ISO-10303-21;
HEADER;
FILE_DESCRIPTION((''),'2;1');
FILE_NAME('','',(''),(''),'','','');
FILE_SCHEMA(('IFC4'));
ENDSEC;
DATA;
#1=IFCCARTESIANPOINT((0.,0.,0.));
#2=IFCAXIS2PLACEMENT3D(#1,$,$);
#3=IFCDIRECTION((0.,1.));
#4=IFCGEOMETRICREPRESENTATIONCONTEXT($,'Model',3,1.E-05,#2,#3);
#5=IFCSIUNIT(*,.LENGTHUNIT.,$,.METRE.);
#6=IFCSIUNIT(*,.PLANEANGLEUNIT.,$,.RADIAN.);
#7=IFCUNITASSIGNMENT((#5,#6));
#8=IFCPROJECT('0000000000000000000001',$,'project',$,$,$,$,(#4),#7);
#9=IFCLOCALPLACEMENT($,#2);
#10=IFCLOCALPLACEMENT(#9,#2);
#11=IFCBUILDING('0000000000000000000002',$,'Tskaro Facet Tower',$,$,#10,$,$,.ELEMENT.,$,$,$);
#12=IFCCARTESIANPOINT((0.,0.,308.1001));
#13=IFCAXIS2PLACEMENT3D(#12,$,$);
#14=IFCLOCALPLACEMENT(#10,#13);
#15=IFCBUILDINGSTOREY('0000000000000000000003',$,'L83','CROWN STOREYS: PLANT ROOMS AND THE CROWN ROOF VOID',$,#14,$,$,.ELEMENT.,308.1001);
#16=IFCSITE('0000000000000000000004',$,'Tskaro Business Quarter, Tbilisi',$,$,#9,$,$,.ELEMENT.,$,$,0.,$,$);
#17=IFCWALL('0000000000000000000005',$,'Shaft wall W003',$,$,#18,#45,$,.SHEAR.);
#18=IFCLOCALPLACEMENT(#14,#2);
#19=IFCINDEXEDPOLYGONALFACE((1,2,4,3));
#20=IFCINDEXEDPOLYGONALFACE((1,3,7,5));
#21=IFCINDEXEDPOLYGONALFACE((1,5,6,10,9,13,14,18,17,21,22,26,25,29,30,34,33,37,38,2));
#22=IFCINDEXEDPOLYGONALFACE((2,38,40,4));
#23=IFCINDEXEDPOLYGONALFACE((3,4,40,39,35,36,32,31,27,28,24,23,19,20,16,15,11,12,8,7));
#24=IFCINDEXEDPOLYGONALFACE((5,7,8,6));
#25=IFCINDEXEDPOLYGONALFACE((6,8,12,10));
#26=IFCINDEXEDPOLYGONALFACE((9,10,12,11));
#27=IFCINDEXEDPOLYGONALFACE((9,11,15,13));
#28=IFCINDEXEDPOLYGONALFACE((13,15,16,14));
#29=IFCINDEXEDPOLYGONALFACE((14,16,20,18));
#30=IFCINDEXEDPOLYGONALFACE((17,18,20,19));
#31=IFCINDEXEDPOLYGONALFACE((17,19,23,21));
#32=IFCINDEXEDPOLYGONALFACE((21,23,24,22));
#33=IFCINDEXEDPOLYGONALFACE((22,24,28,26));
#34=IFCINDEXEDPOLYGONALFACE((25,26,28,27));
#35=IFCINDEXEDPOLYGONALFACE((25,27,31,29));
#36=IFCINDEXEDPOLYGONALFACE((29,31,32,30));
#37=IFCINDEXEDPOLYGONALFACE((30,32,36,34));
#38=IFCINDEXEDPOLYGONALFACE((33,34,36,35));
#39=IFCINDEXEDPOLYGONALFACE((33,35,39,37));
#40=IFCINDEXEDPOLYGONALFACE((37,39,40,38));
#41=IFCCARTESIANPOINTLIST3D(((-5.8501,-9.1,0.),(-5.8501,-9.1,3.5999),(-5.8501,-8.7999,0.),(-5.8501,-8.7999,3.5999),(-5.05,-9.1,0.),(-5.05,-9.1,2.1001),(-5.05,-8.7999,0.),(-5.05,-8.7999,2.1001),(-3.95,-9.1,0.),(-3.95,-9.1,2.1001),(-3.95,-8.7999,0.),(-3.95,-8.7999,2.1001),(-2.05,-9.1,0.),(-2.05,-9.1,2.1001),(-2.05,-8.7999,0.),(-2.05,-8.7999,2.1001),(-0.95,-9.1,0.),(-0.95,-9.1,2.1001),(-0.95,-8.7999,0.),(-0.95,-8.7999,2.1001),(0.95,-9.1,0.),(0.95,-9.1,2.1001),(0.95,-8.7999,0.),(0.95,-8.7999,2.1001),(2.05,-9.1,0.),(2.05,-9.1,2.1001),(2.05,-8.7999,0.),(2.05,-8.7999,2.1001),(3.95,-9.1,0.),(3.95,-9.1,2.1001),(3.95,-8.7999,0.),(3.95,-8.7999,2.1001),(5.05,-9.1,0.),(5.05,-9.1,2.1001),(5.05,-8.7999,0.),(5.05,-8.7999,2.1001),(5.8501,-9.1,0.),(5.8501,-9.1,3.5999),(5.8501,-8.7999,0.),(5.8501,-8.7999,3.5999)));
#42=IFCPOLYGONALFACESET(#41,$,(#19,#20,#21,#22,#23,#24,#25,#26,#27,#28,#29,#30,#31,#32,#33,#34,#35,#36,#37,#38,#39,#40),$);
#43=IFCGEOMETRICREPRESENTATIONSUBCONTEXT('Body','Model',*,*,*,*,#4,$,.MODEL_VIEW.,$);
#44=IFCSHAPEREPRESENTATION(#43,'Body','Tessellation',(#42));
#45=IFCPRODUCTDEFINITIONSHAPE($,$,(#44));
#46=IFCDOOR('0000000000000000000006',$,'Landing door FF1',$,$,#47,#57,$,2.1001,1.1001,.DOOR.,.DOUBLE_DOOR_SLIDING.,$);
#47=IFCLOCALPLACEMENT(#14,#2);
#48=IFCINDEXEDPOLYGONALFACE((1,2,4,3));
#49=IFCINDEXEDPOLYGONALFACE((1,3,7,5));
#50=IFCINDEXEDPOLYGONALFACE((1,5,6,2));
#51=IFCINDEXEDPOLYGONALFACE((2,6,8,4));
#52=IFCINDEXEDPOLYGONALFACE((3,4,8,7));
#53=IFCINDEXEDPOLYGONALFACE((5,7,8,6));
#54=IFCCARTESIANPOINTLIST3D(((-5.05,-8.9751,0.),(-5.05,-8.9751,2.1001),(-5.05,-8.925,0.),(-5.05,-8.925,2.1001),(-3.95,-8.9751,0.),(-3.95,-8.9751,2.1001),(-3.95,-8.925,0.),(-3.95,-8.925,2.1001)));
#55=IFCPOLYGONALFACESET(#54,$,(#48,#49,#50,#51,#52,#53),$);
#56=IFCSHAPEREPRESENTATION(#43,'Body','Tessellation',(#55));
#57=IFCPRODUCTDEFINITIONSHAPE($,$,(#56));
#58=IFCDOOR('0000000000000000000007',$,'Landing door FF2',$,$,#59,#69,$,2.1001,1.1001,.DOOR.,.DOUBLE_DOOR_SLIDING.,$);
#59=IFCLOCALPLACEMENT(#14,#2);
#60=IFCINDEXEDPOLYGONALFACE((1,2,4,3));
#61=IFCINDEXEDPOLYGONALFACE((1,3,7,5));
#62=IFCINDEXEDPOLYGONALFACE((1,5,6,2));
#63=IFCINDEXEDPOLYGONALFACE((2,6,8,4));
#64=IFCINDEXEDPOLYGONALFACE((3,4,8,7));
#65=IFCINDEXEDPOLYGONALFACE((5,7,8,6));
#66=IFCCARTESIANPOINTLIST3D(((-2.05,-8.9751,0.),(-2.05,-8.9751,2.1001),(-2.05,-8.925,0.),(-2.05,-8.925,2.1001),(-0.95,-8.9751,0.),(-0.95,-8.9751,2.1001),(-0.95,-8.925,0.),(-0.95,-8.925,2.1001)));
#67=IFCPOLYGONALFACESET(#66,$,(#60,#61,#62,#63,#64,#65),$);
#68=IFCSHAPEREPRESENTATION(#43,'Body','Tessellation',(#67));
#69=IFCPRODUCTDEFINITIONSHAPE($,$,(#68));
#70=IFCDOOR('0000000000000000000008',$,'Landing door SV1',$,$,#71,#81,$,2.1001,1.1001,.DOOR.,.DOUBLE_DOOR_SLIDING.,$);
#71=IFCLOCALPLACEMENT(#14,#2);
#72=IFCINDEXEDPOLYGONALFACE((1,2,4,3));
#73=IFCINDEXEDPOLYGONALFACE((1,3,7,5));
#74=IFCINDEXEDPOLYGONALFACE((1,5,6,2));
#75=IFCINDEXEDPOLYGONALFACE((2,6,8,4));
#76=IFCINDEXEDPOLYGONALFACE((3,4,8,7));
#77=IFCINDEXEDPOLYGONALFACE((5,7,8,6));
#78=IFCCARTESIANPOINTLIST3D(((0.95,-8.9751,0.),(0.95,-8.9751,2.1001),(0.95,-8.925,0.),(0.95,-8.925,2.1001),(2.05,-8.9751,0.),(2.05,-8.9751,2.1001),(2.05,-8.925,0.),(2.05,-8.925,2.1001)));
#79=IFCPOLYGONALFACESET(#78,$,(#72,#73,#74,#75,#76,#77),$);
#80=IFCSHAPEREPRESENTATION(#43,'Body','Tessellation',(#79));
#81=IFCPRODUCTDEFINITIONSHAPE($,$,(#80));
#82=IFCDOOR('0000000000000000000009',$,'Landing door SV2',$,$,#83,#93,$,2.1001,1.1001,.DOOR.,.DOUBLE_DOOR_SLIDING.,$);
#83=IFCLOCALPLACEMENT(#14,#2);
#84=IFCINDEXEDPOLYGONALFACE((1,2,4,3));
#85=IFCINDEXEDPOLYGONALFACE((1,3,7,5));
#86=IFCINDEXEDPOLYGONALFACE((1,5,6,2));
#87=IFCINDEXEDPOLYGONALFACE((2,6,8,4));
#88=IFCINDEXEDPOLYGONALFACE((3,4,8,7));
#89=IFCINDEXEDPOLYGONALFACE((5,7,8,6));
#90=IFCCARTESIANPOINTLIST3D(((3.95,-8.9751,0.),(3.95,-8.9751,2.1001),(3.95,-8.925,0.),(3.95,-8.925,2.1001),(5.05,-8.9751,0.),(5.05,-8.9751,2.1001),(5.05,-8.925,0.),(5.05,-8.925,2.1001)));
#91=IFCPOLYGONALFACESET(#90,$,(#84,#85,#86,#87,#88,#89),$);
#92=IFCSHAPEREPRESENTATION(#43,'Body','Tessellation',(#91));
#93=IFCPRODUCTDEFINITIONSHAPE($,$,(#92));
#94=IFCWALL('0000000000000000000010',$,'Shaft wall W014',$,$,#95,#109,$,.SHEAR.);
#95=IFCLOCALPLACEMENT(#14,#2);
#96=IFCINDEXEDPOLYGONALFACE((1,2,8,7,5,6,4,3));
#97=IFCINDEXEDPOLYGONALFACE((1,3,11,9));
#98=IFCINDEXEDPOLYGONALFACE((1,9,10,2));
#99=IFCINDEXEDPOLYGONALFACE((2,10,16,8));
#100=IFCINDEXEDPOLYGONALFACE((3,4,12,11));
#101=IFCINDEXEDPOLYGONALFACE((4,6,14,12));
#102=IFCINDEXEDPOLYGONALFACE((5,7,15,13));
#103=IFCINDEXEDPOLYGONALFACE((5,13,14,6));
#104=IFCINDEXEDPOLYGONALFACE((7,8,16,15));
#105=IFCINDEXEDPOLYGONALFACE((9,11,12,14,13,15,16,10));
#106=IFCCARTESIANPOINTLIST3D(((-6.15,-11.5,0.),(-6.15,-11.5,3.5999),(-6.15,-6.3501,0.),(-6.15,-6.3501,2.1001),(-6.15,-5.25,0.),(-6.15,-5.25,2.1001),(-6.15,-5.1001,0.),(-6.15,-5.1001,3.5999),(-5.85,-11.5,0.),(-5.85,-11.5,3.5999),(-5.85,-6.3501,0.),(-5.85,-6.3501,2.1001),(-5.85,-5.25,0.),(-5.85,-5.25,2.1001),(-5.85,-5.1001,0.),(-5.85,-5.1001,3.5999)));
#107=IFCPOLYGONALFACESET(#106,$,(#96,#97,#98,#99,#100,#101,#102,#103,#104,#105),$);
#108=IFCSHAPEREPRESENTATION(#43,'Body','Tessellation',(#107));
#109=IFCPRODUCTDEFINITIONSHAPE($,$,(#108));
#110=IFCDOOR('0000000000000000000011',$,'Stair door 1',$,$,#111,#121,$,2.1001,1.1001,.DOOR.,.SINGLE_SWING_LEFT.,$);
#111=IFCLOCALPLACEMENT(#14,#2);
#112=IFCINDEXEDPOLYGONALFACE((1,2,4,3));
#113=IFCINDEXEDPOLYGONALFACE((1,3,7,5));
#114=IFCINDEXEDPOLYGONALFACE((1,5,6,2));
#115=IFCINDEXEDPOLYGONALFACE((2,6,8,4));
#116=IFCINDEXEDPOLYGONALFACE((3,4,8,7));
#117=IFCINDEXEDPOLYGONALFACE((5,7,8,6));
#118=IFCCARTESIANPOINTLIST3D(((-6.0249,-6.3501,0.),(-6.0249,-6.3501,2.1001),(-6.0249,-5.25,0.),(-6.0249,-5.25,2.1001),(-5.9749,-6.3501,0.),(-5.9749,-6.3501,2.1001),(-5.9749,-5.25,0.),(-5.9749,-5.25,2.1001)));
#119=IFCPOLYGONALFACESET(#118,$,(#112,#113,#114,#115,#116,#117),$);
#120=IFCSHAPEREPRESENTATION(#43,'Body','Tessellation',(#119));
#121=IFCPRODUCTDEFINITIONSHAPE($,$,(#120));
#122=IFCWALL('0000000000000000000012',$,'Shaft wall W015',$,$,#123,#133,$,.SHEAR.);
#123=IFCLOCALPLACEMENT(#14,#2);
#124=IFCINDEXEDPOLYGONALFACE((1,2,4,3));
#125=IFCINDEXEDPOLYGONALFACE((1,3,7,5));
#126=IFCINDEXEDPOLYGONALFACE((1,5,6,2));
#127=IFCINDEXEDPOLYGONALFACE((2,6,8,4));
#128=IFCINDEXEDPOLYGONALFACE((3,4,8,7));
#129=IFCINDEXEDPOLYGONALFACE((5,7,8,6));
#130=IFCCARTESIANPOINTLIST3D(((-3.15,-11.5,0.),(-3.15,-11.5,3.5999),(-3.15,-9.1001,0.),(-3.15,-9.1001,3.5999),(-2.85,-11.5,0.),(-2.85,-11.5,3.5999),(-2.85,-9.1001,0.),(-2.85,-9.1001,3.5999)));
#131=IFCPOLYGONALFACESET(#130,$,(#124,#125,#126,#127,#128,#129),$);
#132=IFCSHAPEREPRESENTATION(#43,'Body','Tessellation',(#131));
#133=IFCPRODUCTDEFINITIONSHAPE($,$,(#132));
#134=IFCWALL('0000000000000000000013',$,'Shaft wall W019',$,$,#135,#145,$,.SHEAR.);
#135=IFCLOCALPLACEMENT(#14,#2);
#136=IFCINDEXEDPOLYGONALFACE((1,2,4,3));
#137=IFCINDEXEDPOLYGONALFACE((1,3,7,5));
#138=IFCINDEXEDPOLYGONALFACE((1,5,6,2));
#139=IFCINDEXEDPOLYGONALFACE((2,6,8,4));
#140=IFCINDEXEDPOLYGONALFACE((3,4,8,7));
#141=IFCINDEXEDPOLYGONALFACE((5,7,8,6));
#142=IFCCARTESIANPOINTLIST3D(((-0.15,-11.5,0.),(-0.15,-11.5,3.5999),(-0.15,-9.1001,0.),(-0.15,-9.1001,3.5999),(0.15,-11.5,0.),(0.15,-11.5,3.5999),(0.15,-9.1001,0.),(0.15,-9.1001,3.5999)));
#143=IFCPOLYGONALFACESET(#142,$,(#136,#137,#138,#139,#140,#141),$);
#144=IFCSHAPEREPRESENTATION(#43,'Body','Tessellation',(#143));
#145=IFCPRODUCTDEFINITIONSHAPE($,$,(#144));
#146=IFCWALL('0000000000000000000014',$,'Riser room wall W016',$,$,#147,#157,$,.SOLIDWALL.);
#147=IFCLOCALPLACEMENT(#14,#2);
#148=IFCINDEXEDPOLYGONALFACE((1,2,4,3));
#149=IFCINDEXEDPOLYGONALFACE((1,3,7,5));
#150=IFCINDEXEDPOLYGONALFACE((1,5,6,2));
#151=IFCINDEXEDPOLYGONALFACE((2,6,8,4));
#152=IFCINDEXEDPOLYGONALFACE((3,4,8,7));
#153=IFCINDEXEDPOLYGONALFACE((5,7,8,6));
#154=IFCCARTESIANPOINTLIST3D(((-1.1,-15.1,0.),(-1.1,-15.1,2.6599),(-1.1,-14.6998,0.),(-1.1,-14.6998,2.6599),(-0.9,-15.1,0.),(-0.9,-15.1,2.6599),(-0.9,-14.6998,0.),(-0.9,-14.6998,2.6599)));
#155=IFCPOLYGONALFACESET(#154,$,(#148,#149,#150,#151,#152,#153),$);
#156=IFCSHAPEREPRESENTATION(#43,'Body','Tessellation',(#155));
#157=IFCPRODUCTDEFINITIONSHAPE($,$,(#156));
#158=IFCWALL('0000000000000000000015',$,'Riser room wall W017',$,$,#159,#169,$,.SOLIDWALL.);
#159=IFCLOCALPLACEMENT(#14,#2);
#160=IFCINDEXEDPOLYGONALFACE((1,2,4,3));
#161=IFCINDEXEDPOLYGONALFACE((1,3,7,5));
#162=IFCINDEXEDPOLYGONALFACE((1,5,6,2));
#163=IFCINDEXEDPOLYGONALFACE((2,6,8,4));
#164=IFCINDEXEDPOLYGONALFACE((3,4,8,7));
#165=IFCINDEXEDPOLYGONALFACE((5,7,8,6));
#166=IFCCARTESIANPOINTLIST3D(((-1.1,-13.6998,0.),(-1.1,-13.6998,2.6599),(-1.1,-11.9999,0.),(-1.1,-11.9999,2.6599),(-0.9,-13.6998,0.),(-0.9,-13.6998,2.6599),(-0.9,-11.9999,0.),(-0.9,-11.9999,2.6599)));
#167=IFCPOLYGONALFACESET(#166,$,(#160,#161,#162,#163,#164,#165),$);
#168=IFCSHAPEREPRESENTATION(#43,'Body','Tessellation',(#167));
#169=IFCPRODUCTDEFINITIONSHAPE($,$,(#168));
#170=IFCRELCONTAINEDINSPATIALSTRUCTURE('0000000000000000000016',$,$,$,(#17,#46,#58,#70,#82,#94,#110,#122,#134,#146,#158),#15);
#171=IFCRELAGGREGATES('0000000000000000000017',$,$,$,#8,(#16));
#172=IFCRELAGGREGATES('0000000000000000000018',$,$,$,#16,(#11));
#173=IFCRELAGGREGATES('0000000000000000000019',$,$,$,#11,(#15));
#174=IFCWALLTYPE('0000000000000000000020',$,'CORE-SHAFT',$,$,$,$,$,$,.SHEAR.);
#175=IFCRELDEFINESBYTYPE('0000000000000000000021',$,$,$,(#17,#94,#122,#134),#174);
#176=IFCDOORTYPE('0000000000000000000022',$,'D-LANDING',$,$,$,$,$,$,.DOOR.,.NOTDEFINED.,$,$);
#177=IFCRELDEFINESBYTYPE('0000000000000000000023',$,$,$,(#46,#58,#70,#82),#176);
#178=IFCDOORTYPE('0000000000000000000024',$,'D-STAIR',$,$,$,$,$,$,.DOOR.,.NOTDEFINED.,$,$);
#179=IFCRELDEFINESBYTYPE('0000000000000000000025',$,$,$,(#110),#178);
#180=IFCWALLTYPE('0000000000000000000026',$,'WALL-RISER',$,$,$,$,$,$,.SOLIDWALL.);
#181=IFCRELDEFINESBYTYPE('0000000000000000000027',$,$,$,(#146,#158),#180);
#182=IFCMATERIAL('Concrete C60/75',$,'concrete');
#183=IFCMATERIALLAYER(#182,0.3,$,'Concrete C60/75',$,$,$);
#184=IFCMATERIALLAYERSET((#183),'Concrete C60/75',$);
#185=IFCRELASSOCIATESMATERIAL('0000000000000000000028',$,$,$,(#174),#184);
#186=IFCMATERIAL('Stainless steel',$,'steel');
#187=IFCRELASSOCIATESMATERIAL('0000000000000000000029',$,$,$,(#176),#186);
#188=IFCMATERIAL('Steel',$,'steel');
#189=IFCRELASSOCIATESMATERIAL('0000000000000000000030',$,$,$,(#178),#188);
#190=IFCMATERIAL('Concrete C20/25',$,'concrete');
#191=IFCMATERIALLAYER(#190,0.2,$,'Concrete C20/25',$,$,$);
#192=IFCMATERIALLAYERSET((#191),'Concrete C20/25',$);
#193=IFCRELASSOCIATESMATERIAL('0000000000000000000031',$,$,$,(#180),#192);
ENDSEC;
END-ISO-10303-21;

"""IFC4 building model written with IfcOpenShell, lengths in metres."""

from ifc_helpers import new_model, si_unit, direction, frame, frame_2d, origin, place, context, subcontext, project, spatial, rectangle, extrude, material, layer, layer_set, type_object, element, fill, save


model = new_model("IFC4")

# Units and contexts
model_context = context("Model", 3, precision=1e-05, world=origin(), true_north=direction((0.0, 1.0)))
body_context = subcontext(model_context, "Body", "Model", "MODEL_VIEW")
ifc_project = project(units=[si_unit("LENGTHUNIT", "METRE"), si_unit("PLANEANGLEUNIT", "RADIAN")], contexts=[model_context])

# Site, building, storey
site_placement = place(None, origin())
site = spatial("IfcSite", under=ifc_project, at=site_placement, Name="Tskaro Business Quarter, Tbilisi", CompositionType="ELEMENT", RefElevation=0.0)
building_placement = place(site_placement, origin())
building = spatial("IfcBuilding", under=site, at=building_placement, Name="Tskaro Facet Tower", CompositionType="ELEMENT")
storey_placement = place(building_placement, frame((0.0, 0.0, 308.1001)))
storey = spatial("IfcBuildingStorey", under=building, at=storey_placement, Name="L83", Description="CROWN STOREYS: PLANT ROOMS AND THE CROWN ROOF VOID", CompositionType="ELEMENT", Elevation=308.1001)

# Wall, openings, doors
ifc_material_1 = material(Name="Concrete C60/75", Category="concrete")
ifc_layer_1 = layer(ifc_material_1, 0.3, Name="Concrete C60/75")
ifc_layer_set_1 = layer_set([ifc_layer_1], Name="Concrete C60/75")
wall_type_1 = type_object("IfcWallType", Name="CORE-SHAFT", PredefinedType="SHEAR", material=ifc_layer_set_1)
wall_1_placement = place(storey_placement, frame((-5.8501, -8.95, 0.0), z_axis=(0.0, 0.0, 1.0), x_axis=(1.0, 0.0, 0.0)))
wall_1 = element("IfcWall", 1, at=wall_1_placement, inside=storey, type_object=wall_type_1, Name="Shaft wall W003", PredefinedType="SHEAR", context=body_context, shape_type="SweptSolid", body=[
    extrude(rectangle(XDim=11.7002, YDim=0.3, at=frame_2d((5.8501, 0.0))), origin(), (0.0, 0.0, 1.0), 3.5999),
])
opening_1_placement = place(wall_1_placement, frame((0.8, 0.0, 0.0)))
opening_1 = element("IfcOpeningElement", 2, at=opening_1_placement, cuts=wall_1, PredefinedType="OPENING", context=body_context, shape_type="SweptSolid", body=[
    extrude(rectangle(XDim=1.1001, YDim=2.1001, at=frame_2d((0.55, 1.05))), frame((0.0, 0.1599, 0.0), z_axis=(0.0, -1.0, 0.0), x_axis=(1.0, 0.0, 0.0)), (0.0, 0.0, 1.0), 0.3201),
])
opening_2_placement = place(wall_1_placement, frame((3.8, 0.0, 0.0)))
opening_2 = element("IfcOpeningElement", 3, at=opening_2_placement, cuts=wall_1, PredefinedType="OPENING", context=body_context, shape_type="SweptSolid", body=[
    extrude(rectangle(XDim=1.1001, YDim=2.1001, at=frame_2d((0.55, 1.05))), frame((0.0, 0.1599, 0.0), z_axis=(0.0, -1.0, 0.0), x_axis=(1.0, 0.0, 0.0)), (0.0, 0.0, 1.0), 0.3201),
])
opening_3_placement = place(wall_1_placement, frame((6.8, 0.0, 0.0)))
opening_3 = element("IfcOpeningElement", 4, at=opening_3_placement, cuts=wall_1, PredefinedType="OPENING", context=body_context, shape_type="SweptSolid", body=[
    extrude(rectangle(XDim=1.1001, YDim=2.1001, at=frame_2d((0.55, 1.05))), frame((0.0, 0.1599, 0.0), z_axis=(0.0, -1.0, 0.0), x_axis=(1.0, 0.0, 0.0)), (0.0, 0.0, 1.0), 0.3201),
])
opening_4_placement = place(wall_1_placement, frame((9.8, 0.0, 0.0)))
opening_4 = element("IfcOpeningElement", 5, at=opening_4_placement, cuts=wall_1, PredefinedType="OPENING", context=body_context, shape_type="SweptSolid", body=[
    extrude(rectangle(XDim=1.1001, YDim=2.1001, at=frame_2d((0.55, 1.05))), frame((0.0, 0.1599, 0.0), z_axis=(0.0, -1.0, 0.0), x_axis=(1.0, 0.0, 0.0)), (0.0, 0.0, 1.0), 0.3201),
])
ifc_material_2 = material(Name="Stainless steel", Category="steel")
door_type_1 = type_object("IfcDoorType", Name="D-LANDING", OperationType="NOTDEFINED", PredefinedType="DOOR", material=ifc_material_2)
door_1_placement = place(opening_1_placement, origin())
door_1 = element("IfcDoor", 6, at=door_1_placement, inside=storey, type_object=door_type_1, Name="Landing door FF1", OperationType="DOUBLE_DOOR_SLIDING", OverallHeight=2.1001, OverallWidth=1.1001, PredefinedType="DOOR", context=body_context, shape_type="SweptSolid", body=[
    extrude(rectangle(XDim=1.1001, YDim=2.1001, at=frame_2d((0.55, 1.05))), frame((0.0, 0.0249, 0.0), z_axis=(0.0, -1.0, 0.0), x_axis=(1.0, 0.0, 0.0)), (0.0, 0.0, 1.0), 0.05),
])
fill(opening_1, door_1)
door_2_placement = place(opening_2_placement, origin())
door_2 = element("IfcDoor", 7, at=door_2_placement, inside=storey, type_object=door_type_1, Name="Landing door FF2", OperationType="DOUBLE_DOOR_SLIDING", OverallHeight=2.1001, OverallWidth=1.1001, PredefinedType="DOOR", context=body_context, shape_type="SweptSolid", body=[
    extrude(rectangle(XDim=1.1001, YDim=2.1001, at=frame_2d((0.55, 1.05))), frame((0.0, 0.0249, 0.0), z_axis=(0.0, -1.0, 0.0), x_axis=(1.0, 0.0, 0.0)), (0.0, 0.0, 1.0), 0.05),
])
fill(opening_2, door_2)
door_3_placement = place(opening_3_placement, origin())
door_3 = element("IfcDoor", 8, at=door_3_placement, inside=storey, type_object=door_type_1, Name="Landing door SV1", OperationType="DOUBLE_DOOR_SLIDING", OverallHeight=2.1001, OverallWidth=1.1001, PredefinedType="DOOR", context=body_context, shape_type="SweptSolid", body=[
    extrude(rectangle(XDim=1.1001, YDim=2.1001, at=frame_2d((0.55, 1.05))), frame((0.0, 0.0249, 0.0), z_axis=(0.0, -1.0, 0.0), x_axis=(1.0, 0.0, 0.0)), (0.0, 0.0, 1.0), 0.05),
])
fill(opening_3, door_3)
door_4_placement = place(opening_4_placement, origin())
door_4 = element("IfcDoor", 9, at=door_4_placement, inside=storey, type_object=door_type_1, Name="Landing door SV2", OperationType="DOUBLE_DOOR_SLIDING", OverallHeight=2.1001, OverallWidth=1.1001, PredefinedType="DOOR", context=body_context, shape_type="SweptSolid", body=[
    extrude(rectangle(XDim=1.1001, YDim=2.1001, at=frame_2d((0.55, 1.05))), frame((0.0, 0.0249, 0.0), z_axis=(0.0, -1.0, 0.0), x_axis=(1.0, 0.0, 0.0)), (0.0, 0.0, 1.0), 0.05),
])
fill(opening_4, door_4)

# Wall, opening, door
wall_2_placement = place(storey_placement, frame((-6.0, -11.5, 0.0), z_axis=(0.0, 0.0, 1.0), x_axis=(0.0, 1.0, 0.0)))
wall_2 = element("IfcWall", 10, at=wall_2_placement, inside=storey, type_object=wall_type_1, Name="Shaft wall W014", PredefinedType="SHEAR", context=body_context, shape_type="SweptSolid", body=[
    extrude(rectangle(XDim=6.3999, YDim=0.3, at=frame_2d((3.2, 0.0))), origin(), (0.0, 0.0, 1.0), 3.5999),
])
opening_5_placement = place(wall_2_placement, frame((5.1499, 0.0, 0.0)))
opening_5 = element("IfcOpeningElement", 11, at=opening_5_placement, cuts=wall_2, PredefinedType="OPENING", context=body_context, shape_type="SweptSolid", body=[
    extrude(rectangle(XDim=1.1001, YDim=2.1001, at=frame_2d((0.55, 1.05))), frame((0.0, 0.1599, 0.0), z_axis=(0.0, -1.0, 0.0), x_axis=(1.0, 0.0, 0.0)), (0.0, 0.0, 1.0), 0.3201),
])
ifc_material_3 = material(Name="Steel", Category="steel")
door_type_2 = type_object("IfcDoorType", Name="D-STAIR", OperationType="NOTDEFINED", PredefinedType="DOOR", material=ifc_material_3)
door_5_placement = place(opening_5_placement, origin())
door_5 = element("IfcDoor", 12, at=door_5_placement, inside=storey, type_object=door_type_2, Name="Stair door 1", OperationType="SINGLE_SWING_LEFT", OverallHeight=2.1001, OverallWidth=1.1001, PredefinedType="DOOR", context=body_context, shape_type="SweptSolid", body=[
    extrude(rectangle(XDim=1.1001, YDim=2.1001, at=frame_2d((0.55, 1.05))), frame((0.0, 0.0249, 0.0), z_axis=(0.0, -1.0, 0.0), x_axis=(1.0, 0.0, 0.0)), (0.0, 0.0, 1.0), 0.05),
])
fill(opening_5, door_5)

# Walls
for number, where, z_axis, x_axis, name in (
    (13, (-3.0, -11.5, 0.0), (0.0, 0.0, 1.0), (0.0, 1.0, 0.0), "Shaft wall W015"),
    (14, (0.0, -11.5, 0.0), (0.0, 0.0, 1.0), (0.0, 1.0, 0.0), "Shaft wall W019"),
):
    element("IfcWall", number, at=place(storey_placement, frame(where, z_axis=z_axis, x_axis=x_axis)), inside=storey, type_object=wall_type_1, Name=name, PredefinedType="SHEAR", context=body_context, shape_type="SweptSolid", body=[
        extrude(rectangle(XDim=2.3999, YDim=0.3, at=frame_2d((1.2, 0.0))), origin(), (0.0, 0.0, 1.0), 3.5999),
    ])
ifc_material_4 = material(Name="Concrete C20/25", Category="concrete")
ifc_layer_2 = layer(ifc_material_4, 0.2, Name="Concrete C20/25")
ifc_layer_set_2 = layer_set([ifc_layer_2], Name="Concrete C20/25")
wall_type_2 = type_object("IfcWallType", Name="WALL-RISER", PredefinedType="SOLIDWALL", material=ifc_layer_set_2)
wall_3_placement = place(storey_placement, frame((-1.0, -15.1001, 0.0), z_axis=(0.0, 0.0, 1.0), x_axis=(0.0, 1.0, 0.0)))
element("IfcWall", 15, at=wall_3_placement, inside=storey, type_object=wall_type_2, Name="Riser room wall W016", PredefinedType="SOLIDWALL", context=body_context, shape_type="SweptSolid", body=[
    extrude(rectangle(XDim=0.4001, YDim=0.2, at=frame_2d((0.2002, 0.0))), origin(), (0.0, 0.0, 1.0), 2.6599),
])
wall_4_placement = place(storey_placement, frame((-1.0, -13.7, 0.0), z_axis=(0.0, 0.0, 1.0), x_axis=(0.0, 1.0, 0.0)))
element("IfcWall", 16, at=wall_4_placement, inside=storey, type_object=wall_type_2, Name="Riser room wall W017", PredefinedType="SOLIDWALL", context=body_context, shape_type="SweptSolid", body=[
    extrude(rectangle(XDim=1.7, YDim=0.2, at=frame_2d((0.8501, 0.0))), origin(), (0.0, 0.0, 1.0), 2.6599),
])

save(model, "model.ifc")
